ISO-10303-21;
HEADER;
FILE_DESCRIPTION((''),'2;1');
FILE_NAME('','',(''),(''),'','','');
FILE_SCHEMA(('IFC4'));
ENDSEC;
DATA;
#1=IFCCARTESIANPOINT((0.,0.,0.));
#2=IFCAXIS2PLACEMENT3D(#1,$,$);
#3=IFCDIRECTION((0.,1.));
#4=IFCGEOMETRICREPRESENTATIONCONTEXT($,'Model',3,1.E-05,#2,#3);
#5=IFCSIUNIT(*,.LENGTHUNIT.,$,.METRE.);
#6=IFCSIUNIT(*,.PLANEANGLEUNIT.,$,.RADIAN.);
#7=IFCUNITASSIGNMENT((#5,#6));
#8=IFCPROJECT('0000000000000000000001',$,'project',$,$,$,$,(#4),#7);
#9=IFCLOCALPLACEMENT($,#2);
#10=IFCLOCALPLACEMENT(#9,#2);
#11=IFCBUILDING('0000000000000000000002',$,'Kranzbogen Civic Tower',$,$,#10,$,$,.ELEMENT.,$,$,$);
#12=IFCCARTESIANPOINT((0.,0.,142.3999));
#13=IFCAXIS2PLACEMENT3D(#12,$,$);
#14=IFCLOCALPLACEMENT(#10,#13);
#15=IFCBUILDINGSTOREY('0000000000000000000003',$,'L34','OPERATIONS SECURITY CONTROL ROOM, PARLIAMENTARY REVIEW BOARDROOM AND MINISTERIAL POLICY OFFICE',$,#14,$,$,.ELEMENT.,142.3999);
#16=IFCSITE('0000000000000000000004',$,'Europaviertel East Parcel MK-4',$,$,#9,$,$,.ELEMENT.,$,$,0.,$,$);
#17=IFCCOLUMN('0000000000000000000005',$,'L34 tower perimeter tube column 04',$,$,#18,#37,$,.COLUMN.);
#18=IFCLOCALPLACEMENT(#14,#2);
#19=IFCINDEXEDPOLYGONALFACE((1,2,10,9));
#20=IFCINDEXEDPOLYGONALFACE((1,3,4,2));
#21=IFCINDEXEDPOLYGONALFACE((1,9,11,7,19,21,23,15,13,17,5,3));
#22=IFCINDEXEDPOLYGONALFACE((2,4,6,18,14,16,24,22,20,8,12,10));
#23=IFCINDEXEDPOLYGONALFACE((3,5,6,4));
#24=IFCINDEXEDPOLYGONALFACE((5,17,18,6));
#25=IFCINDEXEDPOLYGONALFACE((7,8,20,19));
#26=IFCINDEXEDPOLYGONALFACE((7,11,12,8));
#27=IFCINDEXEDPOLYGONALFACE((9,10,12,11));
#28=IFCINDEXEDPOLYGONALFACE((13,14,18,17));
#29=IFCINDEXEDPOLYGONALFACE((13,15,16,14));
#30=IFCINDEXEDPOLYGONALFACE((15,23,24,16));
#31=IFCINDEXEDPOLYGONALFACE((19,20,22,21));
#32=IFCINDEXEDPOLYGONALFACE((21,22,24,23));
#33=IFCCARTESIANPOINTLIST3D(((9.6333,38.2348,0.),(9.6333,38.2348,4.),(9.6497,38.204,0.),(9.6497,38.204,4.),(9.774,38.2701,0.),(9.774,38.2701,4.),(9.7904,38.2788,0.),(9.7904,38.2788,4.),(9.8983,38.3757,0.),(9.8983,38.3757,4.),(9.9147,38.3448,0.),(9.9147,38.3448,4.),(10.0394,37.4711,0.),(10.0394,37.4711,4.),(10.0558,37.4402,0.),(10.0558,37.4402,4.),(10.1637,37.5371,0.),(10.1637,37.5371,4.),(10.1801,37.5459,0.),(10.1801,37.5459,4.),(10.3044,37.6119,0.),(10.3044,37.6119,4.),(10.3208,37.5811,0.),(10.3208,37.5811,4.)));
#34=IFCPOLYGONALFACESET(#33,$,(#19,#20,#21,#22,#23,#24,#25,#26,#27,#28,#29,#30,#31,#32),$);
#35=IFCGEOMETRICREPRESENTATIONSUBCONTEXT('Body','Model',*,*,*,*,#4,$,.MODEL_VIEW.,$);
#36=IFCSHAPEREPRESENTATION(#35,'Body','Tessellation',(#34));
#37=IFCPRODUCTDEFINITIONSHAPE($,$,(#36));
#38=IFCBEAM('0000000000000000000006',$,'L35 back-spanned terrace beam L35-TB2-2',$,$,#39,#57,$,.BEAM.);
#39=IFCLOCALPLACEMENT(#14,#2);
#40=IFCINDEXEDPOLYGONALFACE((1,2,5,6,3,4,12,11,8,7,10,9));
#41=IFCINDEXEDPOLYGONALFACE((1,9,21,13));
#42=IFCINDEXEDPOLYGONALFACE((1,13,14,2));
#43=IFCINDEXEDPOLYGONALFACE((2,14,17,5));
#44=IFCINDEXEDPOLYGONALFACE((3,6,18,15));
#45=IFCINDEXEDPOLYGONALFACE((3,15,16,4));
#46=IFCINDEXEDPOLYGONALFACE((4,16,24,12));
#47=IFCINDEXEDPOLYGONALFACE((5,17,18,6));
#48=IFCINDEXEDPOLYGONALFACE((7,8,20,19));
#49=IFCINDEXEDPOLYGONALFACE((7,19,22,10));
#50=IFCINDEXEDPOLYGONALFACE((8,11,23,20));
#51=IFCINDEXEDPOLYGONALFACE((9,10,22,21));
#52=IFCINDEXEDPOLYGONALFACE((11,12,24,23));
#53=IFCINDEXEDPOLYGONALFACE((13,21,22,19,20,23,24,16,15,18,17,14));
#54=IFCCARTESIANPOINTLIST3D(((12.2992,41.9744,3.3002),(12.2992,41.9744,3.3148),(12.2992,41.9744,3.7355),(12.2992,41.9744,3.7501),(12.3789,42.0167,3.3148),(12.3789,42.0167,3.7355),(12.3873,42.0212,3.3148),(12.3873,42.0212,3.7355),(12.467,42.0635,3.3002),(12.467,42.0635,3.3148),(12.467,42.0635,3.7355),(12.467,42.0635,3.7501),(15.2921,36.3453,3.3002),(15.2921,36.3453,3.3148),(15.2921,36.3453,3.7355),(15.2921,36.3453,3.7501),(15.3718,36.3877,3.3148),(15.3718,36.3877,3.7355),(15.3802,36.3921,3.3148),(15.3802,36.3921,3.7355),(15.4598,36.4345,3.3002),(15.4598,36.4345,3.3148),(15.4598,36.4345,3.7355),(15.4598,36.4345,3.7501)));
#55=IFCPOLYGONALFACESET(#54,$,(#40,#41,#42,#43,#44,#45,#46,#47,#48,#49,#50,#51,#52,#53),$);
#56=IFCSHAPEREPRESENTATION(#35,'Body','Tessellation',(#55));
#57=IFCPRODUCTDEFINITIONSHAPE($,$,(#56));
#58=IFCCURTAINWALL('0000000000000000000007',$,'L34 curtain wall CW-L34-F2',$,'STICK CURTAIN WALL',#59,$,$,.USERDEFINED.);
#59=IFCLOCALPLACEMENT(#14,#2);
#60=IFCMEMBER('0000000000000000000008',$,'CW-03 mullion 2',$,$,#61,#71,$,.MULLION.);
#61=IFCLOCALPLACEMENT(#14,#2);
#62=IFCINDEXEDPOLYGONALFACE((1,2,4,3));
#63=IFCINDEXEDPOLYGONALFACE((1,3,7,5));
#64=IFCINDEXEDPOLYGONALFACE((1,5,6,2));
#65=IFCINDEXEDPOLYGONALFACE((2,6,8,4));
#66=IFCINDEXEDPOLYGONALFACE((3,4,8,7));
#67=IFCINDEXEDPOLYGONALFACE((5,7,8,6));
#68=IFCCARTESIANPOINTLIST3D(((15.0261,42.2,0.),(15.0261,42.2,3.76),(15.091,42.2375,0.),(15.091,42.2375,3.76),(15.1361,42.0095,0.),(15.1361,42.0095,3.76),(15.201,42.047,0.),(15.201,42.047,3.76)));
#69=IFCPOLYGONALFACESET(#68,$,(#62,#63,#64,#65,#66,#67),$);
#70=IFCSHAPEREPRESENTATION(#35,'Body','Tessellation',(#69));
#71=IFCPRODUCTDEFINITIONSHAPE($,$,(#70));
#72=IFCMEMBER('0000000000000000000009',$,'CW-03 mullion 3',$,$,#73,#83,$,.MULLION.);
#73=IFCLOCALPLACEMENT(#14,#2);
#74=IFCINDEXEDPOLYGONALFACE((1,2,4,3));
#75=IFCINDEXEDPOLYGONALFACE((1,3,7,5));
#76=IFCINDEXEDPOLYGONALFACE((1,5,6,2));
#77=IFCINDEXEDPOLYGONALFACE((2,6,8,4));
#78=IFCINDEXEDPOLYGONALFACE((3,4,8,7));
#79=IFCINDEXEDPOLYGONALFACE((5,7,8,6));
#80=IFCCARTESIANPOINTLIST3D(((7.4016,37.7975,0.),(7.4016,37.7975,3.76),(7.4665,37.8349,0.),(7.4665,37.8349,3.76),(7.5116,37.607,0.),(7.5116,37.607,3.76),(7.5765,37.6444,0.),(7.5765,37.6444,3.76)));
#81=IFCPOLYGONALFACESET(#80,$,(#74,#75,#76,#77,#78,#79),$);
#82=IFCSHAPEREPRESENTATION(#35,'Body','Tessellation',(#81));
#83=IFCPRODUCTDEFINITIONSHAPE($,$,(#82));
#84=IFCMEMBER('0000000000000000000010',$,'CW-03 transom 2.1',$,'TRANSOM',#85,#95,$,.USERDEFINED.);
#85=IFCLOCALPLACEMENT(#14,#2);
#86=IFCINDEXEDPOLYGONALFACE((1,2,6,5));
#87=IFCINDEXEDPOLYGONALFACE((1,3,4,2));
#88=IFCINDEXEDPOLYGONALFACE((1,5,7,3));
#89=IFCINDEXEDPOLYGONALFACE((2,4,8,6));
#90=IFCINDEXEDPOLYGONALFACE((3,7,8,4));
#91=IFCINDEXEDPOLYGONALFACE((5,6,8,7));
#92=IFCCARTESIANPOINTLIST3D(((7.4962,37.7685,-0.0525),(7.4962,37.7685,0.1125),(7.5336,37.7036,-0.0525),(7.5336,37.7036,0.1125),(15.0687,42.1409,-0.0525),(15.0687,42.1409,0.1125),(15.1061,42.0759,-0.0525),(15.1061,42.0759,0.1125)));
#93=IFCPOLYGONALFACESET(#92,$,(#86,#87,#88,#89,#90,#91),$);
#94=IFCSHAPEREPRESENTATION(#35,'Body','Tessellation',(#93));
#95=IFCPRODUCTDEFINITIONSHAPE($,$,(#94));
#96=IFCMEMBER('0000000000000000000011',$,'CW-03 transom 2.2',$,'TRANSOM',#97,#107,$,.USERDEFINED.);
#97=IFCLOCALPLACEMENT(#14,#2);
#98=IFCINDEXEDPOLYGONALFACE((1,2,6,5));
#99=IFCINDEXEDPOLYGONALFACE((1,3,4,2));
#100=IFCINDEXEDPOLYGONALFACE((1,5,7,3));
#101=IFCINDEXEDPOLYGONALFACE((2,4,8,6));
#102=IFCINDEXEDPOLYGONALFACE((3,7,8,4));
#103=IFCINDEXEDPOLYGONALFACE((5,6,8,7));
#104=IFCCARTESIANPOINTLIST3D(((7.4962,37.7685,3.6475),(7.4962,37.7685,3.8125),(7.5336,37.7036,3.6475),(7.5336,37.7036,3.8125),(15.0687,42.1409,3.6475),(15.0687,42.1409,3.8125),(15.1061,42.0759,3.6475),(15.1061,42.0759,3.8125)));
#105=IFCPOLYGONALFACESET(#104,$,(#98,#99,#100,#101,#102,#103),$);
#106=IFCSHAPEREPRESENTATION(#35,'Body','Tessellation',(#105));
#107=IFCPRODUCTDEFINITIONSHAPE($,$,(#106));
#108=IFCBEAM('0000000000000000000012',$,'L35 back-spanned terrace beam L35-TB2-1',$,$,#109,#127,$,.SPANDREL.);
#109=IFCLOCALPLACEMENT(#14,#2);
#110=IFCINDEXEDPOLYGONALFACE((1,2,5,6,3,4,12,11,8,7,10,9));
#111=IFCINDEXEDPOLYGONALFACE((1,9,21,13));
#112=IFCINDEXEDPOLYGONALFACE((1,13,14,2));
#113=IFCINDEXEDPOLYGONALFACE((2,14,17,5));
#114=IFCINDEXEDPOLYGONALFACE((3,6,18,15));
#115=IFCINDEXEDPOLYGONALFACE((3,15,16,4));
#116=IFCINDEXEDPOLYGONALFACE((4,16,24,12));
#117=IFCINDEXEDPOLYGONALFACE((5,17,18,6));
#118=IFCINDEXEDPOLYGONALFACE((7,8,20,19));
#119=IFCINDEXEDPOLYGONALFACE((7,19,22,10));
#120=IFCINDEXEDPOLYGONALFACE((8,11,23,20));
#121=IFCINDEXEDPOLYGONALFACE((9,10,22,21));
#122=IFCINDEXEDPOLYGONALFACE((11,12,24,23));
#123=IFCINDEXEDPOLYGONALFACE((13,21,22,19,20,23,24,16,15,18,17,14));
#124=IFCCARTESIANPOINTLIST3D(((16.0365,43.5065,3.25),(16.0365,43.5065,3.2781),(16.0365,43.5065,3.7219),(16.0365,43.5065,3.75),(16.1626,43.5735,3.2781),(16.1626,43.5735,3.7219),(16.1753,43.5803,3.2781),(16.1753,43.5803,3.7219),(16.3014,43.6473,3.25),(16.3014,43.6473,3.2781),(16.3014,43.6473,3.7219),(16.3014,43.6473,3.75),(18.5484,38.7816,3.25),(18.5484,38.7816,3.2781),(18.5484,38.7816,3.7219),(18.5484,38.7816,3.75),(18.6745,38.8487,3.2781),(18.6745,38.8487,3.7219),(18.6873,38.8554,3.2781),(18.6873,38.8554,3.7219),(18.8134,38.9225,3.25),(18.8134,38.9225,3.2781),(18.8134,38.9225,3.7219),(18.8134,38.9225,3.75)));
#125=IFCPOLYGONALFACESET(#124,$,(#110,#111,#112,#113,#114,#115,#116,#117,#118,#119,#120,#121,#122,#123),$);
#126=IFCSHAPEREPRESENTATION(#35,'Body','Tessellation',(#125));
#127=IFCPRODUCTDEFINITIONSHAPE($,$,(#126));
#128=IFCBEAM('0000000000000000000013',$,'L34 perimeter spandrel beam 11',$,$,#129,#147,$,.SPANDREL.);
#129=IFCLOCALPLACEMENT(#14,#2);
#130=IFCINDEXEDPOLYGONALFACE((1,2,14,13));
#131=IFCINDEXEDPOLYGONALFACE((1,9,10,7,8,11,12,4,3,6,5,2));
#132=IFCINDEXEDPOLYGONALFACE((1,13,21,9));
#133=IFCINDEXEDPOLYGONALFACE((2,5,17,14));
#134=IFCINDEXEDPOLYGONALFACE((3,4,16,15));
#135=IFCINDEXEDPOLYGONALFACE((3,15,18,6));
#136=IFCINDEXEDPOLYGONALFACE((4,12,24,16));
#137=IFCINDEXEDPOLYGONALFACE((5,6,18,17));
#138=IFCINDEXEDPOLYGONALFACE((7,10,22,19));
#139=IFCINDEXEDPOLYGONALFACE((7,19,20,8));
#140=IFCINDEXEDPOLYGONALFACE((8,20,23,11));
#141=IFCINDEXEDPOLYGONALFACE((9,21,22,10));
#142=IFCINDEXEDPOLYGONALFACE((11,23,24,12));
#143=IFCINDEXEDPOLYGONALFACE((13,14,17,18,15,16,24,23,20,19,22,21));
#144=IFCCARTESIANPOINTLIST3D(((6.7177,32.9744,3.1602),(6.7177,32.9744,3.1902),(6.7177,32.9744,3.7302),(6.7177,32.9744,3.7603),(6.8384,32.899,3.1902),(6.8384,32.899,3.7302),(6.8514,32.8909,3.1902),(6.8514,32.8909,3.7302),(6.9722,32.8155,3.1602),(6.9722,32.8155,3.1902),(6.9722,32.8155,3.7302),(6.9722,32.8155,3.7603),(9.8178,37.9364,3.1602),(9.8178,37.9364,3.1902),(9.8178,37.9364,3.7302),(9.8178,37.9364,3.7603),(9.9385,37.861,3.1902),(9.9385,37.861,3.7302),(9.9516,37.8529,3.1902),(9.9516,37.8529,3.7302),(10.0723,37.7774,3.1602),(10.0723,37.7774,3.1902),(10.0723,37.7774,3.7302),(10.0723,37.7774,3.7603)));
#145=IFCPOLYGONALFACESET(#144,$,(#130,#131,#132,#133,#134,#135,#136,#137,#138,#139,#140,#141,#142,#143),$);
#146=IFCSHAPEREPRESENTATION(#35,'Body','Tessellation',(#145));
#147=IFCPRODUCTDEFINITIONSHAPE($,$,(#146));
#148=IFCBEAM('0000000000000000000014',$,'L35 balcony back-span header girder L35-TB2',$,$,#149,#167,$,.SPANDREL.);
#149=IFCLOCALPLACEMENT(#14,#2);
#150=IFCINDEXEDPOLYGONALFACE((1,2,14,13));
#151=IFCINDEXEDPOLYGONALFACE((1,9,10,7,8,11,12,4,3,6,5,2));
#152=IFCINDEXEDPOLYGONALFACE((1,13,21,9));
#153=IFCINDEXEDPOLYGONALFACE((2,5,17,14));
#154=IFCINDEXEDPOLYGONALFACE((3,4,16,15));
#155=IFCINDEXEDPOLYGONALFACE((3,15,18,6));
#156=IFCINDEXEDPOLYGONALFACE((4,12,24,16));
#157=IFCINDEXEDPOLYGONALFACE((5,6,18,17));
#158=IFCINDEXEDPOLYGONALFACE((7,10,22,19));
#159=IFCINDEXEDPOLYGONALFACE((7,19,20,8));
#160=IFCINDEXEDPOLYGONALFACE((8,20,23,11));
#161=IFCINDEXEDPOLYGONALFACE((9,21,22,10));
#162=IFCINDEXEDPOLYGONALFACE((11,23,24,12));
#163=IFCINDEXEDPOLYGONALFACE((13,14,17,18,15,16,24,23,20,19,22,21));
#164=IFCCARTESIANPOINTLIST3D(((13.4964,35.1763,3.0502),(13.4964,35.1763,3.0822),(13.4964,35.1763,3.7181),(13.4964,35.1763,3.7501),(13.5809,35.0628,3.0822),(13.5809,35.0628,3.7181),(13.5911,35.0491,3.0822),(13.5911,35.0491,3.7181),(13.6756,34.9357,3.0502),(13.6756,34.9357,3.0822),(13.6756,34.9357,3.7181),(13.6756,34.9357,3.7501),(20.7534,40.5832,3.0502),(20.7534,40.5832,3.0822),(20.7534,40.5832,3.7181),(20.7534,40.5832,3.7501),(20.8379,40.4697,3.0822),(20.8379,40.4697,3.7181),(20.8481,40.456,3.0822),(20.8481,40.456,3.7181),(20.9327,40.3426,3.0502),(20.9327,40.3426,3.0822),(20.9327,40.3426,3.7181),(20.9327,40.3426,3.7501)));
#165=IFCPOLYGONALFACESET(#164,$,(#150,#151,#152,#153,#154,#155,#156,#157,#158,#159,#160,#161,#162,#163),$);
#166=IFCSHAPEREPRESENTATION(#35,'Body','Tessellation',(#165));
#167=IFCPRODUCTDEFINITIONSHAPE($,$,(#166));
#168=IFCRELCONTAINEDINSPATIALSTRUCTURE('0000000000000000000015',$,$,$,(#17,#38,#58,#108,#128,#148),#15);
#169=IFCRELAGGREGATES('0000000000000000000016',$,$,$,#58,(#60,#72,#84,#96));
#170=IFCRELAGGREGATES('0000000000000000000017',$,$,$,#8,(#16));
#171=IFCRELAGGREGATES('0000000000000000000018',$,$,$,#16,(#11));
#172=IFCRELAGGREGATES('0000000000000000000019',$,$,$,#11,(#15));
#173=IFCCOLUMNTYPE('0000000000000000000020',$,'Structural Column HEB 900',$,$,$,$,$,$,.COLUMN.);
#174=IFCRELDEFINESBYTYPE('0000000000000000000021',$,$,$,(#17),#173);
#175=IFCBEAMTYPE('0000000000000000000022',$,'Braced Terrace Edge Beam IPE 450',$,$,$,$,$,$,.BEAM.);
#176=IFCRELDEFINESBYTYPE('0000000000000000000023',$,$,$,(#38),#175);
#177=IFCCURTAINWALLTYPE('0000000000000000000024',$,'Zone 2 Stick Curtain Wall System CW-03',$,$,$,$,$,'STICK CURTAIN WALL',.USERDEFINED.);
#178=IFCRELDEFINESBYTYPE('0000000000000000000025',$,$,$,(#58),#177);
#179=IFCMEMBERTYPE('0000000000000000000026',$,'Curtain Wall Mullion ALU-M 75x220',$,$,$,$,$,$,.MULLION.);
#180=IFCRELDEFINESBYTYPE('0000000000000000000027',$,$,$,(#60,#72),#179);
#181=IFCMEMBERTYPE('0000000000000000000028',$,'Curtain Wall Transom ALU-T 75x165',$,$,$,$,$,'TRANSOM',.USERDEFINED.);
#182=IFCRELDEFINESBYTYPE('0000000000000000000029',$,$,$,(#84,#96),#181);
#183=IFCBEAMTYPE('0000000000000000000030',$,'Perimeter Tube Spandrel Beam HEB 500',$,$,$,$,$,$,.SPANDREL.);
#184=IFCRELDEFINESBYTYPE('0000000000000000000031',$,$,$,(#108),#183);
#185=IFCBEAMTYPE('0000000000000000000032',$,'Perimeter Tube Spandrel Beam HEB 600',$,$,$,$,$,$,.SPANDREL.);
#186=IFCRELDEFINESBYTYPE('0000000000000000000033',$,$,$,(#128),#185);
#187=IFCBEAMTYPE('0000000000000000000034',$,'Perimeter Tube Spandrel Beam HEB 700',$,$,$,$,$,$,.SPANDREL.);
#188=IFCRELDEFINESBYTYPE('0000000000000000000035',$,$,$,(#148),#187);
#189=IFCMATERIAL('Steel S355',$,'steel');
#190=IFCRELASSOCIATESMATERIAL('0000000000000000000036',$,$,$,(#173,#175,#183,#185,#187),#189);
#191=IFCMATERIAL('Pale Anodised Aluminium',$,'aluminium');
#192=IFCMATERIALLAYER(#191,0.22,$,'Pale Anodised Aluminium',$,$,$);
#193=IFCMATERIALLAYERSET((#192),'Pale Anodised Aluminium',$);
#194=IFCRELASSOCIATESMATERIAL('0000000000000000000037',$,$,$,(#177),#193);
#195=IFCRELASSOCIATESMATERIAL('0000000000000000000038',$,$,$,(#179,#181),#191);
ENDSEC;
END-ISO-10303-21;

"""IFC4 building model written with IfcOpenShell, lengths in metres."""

from ifc_helpers import new_model, si_unit, direction, frame, origin, origin_2d, place, context, subcontext, project, spatial, rectangle, i_section, extrude, material, layer, layer_set, material_profile, profile_set, type_object, element, aggregate, save


model = new_model("IFC4")

# Units and contexts
model_context = context("Model", 3, precision=1e-05, world=origin(), true_north=direction((0.0, 1.0)))
body_context = subcontext(model_context, "Body", "Model", "MODEL_VIEW")
ifc_project = project(units=[si_unit("LENGTHUNIT", "METRE"), si_unit("PLANEANGLEUNIT", "RADIAN")], contexts=[model_context])

# Site, building, storey
site_placement = place(None, origin())
site = spatial("IfcSite", under=ifc_project, at=site_placement, Name="Europaviertel East Parcel MK-4", CompositionType="ELEMENT", RefElevation=0.0)
building_placement = place(site_placement, origin())
building = spatial("IfcBuilding", under=site, at=building_placement, Name="Kranzbogen Civic Tower", CompositionType="ELEMENT")
storey_placement = place(building_placement, frame((0.0, 0.0, 142.3999)))
storey = spatial("IfcBuildingStorey", under=building, at=storey_placement, Name="L34", Description="OPERATIONS SECURITY CONTROL ROOM, PARLIAMENTARY REVIEW BOARDROOM AND MINISTERIAL POLICY OFFICE", CompositionType="ELEMENT", Elevation=142.3999)

# Column
ifc_material_1 = material(Name="Steel S355", Category="steel")
ifc_material_profile_1 = material_profile(ifc_material_1, i_section(OverallWidth=0.3, OverallDepth=0.8999, WebThickness=0.0186, FlangeThickness=0.0349, at=origin_2d()), Name="HEB 900")
ifc_profile_set_1 = profile_set([ifc_material_profile_1], Name="Steel S355")
column_type = type_object("IfcColumnType", Name="Structural Column HEB 900", PredefinedType="COLUMN", material=ifc_profile_set_1)
column_placement = place(storey_placement, frame((9.9771, 37.908, 0.0), z_axis=(0.0, 0.0, 1.0), x_axis=(0.882948, 0.469472, 0.0)))
element("IfcColumn", 1, at=column_placement, inside=storey, type_object=column_type, Name="L34 tower perimeter tube column 04", PredefinedType="COLUMN", context=body_context, shape_type="SweptSolid", body=[
    extrude(i_section(OverallWidth=0.3, OverallDepth=0.8999, WebThickness=0.0186, FlangeThickness=0.0349, at=origin_2d()), origin(), (0.0, 0.0, 1.0), 4.0),
])

# Beam
ifc_material_profile_2 = material_profile(ifc_material_1, i_section(OverallWidth=0.1899, OverallDepth=0.45, WebThickness=0.0095, FlangeThickness=0.0146, at=origin_2d()), Name="IPE 450")
ifc_profile_set_2 = profile_set([ifc_material_profile_2], Name="Steel S355")
beam_type_1 = type_object("IfcBeamType", Name="Braced Terrace Edge Beam IPE 450", PredefinedType="BEAM", material=ifc_profile_set_2)
beam_1_placement = place(storey_placement, frame((15.376, 36.3899, 3.5251), z_axis=(-0.469453, 0.882958, 0.0), x_axis=(-0.882958, -0.469453, 0.0)))
element("IfcBeam", 2, at=beam_1_placement, inside=storey, type_object=beam_type_1, Name="L35 back-spanned terrace beam L35-TB2-2", PredefinedType="BEAM", context=body_context, shape_type="SweptSolid", body=[
    extrude(i_section(OverallWidth=0.1899, OverallDepth=0.45, WebThickness=0.0095, FlangeThickness=0.0146, at=origin_2d()), origin(), (0.0, 0.0, 1.0), 6.3752),
])

# Curtain wall, members
ifc_material_2 = material(Name="Pale Anodised Aluminium", Category="aluminium")
ifc_layer_1 = layer(ifc_material_2, 0.22, Name="Pale Anodised Aluminium")
ifc_layer_set_1 = layer_set([ifc_layer_1], Name="Pale Anodised Aluminium")
curtain_wall_type = type_object("IfcCurtainWallType", Name="Zone 2 Stick Curtain Wall System CW-03", ElementType="STICK CURTAIN WALL", PredefinedType="USERDEFINED", material=ifc_layer_set_1)
curtain_wall_placement = place(storey_placement, origin())
curtain_wall = element("IfcCurtainWall", 3, at=curtain_wall_placement, inside=storey, type_object=curtain_wall_type, Name="L34 curtain wall CW-L34-F2", ObjectType="STICK CURTAIN WALL", PredefinedType="USERDEFINED")
ifc_material_profile_3 = material_profile(ifc_material_2, rectangle(XDim=0.075, YDim=0.22, at=origin_2d()), Name="ALU-M 75x220")
ifc_profile_set_3 = profile_set([ifc_material_profile_3], Name="Pale Anodised Aluminium")
member_type_1 = type_object("IfcMemberType", Name="Curtain Wall Mullion ALU-M 75x220", PredefinedType="MULLION", material=ifc_profile_set_3)
member_1_placement = place(storey_placement, frame((15.1135, 42.1235, 0.0), z_axis=(0.0, 0.0, 1.0), x_axis=(-0.866002, -0.500041, 0.0)))
member_1 = element("IfcMember", 4, at=member_1_placement, type_object=member_type_1, Name="CW-03 mullion 2", PredefinedType="MULLION", context=body_context, shape_type="SweptSolid", body=[
    extrude(rectangle(XDim=0.075, YDim=0.22, at=origin_2d()), origin(), (0.0, 0.0, 1.0), 3.76),
])
member_2_placement = place(storey_placement, frame((7.489, 37.7209, 0.0), z_axis=(0.0, 0.0, 1.0), x_axis=(-0.866002, -0.500041, 0.0)))
member_2 = element("IfcMember", 5, at=member_2_placement, type_object=member_type_1, Name="CW-03 mullion 3", PredefinedType="MULLION", context=body_context, shape_type="SweptSolid", body=[
    extrude(rectangle(XDim=0.075, YDim=0.22, at=origin_2d()), origin(), (0.0, 0.0, 1.0), 3.76),
])
ifc_material_profile_4 = material_profile(ifc_material_2, rectangle(XDim=0.075, YDim=0.165, at=origin_2d()), Name="ALU-T 75x165")
ifc_profile_set_4 = profile_set([ifc_material_profile_4], Name="Pale Anodised Aluminium")
member_type_2 = type_object("IfcMemberType", Name="Curtain Wall Transom ALU-T 75x165", ElementType="TRANSOM", PredefinedType="USERDEFINED", material=ifc_profile_set_4)
member_3_placement = place(storey_placement, frame((15.0874, 42.1084, 0.03), z_axis=(-0.866009, -0.500028, 0.0), x_axis=(0.500028, -0.866009, 0.0)))
member_3 = element("IfcMember", 6, at=member_3_placement, type_object=member_type_2, Name="CW-03 transom 2.1", ObjectType="TRANSOM", PredefinedType="USERDEFINED", context=body_context, shape_type="SweptSolid", body=[
    extrude(rectangle(XDim=0.075, YDim=0.165, at=origin_2d()), origin(), (0.0, 0.0, 1.0), 8.7441),
])
member_4_placement = place(storey_placement, frame((15.0874, 42.1084, 3.73), z_axis=(-0.866009, -0.500028, 0.0), x_axis=(0.500028, -0.866009, 0.0)))
member_4 = element("IfcMember", 7, at=member_4_placement, type_object=member_type_2, Name="CW-03 transom 2.2", ObjectType="TRANSOM", PredefinedType="USERDEFINED", context=body_context, shape_type="SweptSolid", body=[
    extrude(rectangle(XDim=0.075, YDim=0.165, at=origin_2d()), origin(), (0.0, 0.0, 1.0), 8.7441),
])

# Beams
ifc_material_profile_5 = material_profile(ifc_material_1, i_section(OverallWidth=0.3, OverallDepth=0.5, WebThickness=0.0144, FlangeThickness=0.0281, at=origin_2d()), Name="HEB 500")
ifc_profile_set_5 = profile_set([ifc_material_profile_5], Name="Steel S355")
beam_type_2 = type_object("IfcBeamType", Name="Perimeter Tube Spandrel Beam HEB 500", PredefinedType="SPANDREL", material=ifc_profile_set_5)
beam_2_placement = place(storey_placement, frame((18.6809, 38.8521, 3.5), z_axis=(-0.46943, 0.88297, 0.0), x_axis=(-0.88297, -0.46943, 0.0)))
element("IfcBeam", 8, at=beam_2_placement, inside=storey, type_object=beam_type_2, Name="L35 back-spanned terrace beam L35-TB2-1", PredefinedType="SPANDREL", context=body_context, shape_type="SweptSolid", body=[
    extrude(i_section(OverallWidth=0.3, OverallDepth=0.5, WebThickness=0.0144, FlangeThickness=0.0281, at=origin_2d()), origin(), (0.0, 0.0, 1.0), 5.3511),
])
ifc_material_profile_6 = material_profile(ifc_material_1, i_section(OverallWidth=0.3, OverallDepth=0.6001, WebThickness=0.0154, FlangeThickness=0.03, at=origin_2d()), Name="HEB 600")
ifc_profile_set_6 = profile_set([ifc_material_profile_6], Name="Steel S355")
beam_type_3 = type_object("IfcBeamType", Name="Perimeter Tube Spandrel Beam HEB 600", PredefinedType="SPANDREL", material=ifc_profile_set_6)
beam_3_placement = place(storey_placement, frame((9.9451, 37.8569, 3.4602), z_axis=(-0.529864, -0.848083, 0.0), x_axis=(0.848083, -0.529864, 0.0)))
element("IfcBeam", 9, at=beam_3_placement, inside=storey, type_object=beam_type_3, Name="L34 perimeter spandrel beam 11", PredefinedType="SPANDREL", context=body_context, shape_type="SweptSolid", body=[
    extrude(i_section(OverallWidth=0.3, OverallDepth=0.6001, WebThickness=0.0154, FlangeThickness=0.03, at=origin_2d()), origin(), (0.0, 0.0, 1.0), 5.8508),
])
ifc_material_profile_7 = material_profile(ifc_material_1, i_section(OverallWidth=0.3, OverallDepth=0.7, WebThickness=0.0171, FlangeThickness=0.032, at=origin_2d()), Name="HEB 700")
ifc_profile_set_7 = profile_set([ifc_material_profile_7], Name="Steel S355")
beam_type_4 = type_object("IfcBeamType", Name="Perimeter Tube Spandrel Beam HEB 700", PredefinedType="SPANDREL", material=ifc_profile_set_7)
beam_4_placement = place(storey_placement, frame((20.843, 40.4629, 3.4001), z_axis=(-0.801896, -0.597463, 0.0), x_axis=(0.597463, -0.801896, 0.0)))
element("IfcBeam", 10, at=beam_4_placement, inside=storey, type_object=beam_type_4, Name="L35 balcony back-span header girder L35-TB2", PredefinedType="SPANDREL", context=body_context, shape_type="SweptSolid", body=[
    extrude(i_section(OverallWidth=0.3, OverallDepth=0.7, WebThickness=0.0171, FlangeThickness=0.032, at=origin_2d()), origin(), (0.0, 0.0, 1.0), 9.0498),
])

aggregate(curtain_wall, [member_1, member_2, member_3, member_4])

save(model, "model.ifc")
